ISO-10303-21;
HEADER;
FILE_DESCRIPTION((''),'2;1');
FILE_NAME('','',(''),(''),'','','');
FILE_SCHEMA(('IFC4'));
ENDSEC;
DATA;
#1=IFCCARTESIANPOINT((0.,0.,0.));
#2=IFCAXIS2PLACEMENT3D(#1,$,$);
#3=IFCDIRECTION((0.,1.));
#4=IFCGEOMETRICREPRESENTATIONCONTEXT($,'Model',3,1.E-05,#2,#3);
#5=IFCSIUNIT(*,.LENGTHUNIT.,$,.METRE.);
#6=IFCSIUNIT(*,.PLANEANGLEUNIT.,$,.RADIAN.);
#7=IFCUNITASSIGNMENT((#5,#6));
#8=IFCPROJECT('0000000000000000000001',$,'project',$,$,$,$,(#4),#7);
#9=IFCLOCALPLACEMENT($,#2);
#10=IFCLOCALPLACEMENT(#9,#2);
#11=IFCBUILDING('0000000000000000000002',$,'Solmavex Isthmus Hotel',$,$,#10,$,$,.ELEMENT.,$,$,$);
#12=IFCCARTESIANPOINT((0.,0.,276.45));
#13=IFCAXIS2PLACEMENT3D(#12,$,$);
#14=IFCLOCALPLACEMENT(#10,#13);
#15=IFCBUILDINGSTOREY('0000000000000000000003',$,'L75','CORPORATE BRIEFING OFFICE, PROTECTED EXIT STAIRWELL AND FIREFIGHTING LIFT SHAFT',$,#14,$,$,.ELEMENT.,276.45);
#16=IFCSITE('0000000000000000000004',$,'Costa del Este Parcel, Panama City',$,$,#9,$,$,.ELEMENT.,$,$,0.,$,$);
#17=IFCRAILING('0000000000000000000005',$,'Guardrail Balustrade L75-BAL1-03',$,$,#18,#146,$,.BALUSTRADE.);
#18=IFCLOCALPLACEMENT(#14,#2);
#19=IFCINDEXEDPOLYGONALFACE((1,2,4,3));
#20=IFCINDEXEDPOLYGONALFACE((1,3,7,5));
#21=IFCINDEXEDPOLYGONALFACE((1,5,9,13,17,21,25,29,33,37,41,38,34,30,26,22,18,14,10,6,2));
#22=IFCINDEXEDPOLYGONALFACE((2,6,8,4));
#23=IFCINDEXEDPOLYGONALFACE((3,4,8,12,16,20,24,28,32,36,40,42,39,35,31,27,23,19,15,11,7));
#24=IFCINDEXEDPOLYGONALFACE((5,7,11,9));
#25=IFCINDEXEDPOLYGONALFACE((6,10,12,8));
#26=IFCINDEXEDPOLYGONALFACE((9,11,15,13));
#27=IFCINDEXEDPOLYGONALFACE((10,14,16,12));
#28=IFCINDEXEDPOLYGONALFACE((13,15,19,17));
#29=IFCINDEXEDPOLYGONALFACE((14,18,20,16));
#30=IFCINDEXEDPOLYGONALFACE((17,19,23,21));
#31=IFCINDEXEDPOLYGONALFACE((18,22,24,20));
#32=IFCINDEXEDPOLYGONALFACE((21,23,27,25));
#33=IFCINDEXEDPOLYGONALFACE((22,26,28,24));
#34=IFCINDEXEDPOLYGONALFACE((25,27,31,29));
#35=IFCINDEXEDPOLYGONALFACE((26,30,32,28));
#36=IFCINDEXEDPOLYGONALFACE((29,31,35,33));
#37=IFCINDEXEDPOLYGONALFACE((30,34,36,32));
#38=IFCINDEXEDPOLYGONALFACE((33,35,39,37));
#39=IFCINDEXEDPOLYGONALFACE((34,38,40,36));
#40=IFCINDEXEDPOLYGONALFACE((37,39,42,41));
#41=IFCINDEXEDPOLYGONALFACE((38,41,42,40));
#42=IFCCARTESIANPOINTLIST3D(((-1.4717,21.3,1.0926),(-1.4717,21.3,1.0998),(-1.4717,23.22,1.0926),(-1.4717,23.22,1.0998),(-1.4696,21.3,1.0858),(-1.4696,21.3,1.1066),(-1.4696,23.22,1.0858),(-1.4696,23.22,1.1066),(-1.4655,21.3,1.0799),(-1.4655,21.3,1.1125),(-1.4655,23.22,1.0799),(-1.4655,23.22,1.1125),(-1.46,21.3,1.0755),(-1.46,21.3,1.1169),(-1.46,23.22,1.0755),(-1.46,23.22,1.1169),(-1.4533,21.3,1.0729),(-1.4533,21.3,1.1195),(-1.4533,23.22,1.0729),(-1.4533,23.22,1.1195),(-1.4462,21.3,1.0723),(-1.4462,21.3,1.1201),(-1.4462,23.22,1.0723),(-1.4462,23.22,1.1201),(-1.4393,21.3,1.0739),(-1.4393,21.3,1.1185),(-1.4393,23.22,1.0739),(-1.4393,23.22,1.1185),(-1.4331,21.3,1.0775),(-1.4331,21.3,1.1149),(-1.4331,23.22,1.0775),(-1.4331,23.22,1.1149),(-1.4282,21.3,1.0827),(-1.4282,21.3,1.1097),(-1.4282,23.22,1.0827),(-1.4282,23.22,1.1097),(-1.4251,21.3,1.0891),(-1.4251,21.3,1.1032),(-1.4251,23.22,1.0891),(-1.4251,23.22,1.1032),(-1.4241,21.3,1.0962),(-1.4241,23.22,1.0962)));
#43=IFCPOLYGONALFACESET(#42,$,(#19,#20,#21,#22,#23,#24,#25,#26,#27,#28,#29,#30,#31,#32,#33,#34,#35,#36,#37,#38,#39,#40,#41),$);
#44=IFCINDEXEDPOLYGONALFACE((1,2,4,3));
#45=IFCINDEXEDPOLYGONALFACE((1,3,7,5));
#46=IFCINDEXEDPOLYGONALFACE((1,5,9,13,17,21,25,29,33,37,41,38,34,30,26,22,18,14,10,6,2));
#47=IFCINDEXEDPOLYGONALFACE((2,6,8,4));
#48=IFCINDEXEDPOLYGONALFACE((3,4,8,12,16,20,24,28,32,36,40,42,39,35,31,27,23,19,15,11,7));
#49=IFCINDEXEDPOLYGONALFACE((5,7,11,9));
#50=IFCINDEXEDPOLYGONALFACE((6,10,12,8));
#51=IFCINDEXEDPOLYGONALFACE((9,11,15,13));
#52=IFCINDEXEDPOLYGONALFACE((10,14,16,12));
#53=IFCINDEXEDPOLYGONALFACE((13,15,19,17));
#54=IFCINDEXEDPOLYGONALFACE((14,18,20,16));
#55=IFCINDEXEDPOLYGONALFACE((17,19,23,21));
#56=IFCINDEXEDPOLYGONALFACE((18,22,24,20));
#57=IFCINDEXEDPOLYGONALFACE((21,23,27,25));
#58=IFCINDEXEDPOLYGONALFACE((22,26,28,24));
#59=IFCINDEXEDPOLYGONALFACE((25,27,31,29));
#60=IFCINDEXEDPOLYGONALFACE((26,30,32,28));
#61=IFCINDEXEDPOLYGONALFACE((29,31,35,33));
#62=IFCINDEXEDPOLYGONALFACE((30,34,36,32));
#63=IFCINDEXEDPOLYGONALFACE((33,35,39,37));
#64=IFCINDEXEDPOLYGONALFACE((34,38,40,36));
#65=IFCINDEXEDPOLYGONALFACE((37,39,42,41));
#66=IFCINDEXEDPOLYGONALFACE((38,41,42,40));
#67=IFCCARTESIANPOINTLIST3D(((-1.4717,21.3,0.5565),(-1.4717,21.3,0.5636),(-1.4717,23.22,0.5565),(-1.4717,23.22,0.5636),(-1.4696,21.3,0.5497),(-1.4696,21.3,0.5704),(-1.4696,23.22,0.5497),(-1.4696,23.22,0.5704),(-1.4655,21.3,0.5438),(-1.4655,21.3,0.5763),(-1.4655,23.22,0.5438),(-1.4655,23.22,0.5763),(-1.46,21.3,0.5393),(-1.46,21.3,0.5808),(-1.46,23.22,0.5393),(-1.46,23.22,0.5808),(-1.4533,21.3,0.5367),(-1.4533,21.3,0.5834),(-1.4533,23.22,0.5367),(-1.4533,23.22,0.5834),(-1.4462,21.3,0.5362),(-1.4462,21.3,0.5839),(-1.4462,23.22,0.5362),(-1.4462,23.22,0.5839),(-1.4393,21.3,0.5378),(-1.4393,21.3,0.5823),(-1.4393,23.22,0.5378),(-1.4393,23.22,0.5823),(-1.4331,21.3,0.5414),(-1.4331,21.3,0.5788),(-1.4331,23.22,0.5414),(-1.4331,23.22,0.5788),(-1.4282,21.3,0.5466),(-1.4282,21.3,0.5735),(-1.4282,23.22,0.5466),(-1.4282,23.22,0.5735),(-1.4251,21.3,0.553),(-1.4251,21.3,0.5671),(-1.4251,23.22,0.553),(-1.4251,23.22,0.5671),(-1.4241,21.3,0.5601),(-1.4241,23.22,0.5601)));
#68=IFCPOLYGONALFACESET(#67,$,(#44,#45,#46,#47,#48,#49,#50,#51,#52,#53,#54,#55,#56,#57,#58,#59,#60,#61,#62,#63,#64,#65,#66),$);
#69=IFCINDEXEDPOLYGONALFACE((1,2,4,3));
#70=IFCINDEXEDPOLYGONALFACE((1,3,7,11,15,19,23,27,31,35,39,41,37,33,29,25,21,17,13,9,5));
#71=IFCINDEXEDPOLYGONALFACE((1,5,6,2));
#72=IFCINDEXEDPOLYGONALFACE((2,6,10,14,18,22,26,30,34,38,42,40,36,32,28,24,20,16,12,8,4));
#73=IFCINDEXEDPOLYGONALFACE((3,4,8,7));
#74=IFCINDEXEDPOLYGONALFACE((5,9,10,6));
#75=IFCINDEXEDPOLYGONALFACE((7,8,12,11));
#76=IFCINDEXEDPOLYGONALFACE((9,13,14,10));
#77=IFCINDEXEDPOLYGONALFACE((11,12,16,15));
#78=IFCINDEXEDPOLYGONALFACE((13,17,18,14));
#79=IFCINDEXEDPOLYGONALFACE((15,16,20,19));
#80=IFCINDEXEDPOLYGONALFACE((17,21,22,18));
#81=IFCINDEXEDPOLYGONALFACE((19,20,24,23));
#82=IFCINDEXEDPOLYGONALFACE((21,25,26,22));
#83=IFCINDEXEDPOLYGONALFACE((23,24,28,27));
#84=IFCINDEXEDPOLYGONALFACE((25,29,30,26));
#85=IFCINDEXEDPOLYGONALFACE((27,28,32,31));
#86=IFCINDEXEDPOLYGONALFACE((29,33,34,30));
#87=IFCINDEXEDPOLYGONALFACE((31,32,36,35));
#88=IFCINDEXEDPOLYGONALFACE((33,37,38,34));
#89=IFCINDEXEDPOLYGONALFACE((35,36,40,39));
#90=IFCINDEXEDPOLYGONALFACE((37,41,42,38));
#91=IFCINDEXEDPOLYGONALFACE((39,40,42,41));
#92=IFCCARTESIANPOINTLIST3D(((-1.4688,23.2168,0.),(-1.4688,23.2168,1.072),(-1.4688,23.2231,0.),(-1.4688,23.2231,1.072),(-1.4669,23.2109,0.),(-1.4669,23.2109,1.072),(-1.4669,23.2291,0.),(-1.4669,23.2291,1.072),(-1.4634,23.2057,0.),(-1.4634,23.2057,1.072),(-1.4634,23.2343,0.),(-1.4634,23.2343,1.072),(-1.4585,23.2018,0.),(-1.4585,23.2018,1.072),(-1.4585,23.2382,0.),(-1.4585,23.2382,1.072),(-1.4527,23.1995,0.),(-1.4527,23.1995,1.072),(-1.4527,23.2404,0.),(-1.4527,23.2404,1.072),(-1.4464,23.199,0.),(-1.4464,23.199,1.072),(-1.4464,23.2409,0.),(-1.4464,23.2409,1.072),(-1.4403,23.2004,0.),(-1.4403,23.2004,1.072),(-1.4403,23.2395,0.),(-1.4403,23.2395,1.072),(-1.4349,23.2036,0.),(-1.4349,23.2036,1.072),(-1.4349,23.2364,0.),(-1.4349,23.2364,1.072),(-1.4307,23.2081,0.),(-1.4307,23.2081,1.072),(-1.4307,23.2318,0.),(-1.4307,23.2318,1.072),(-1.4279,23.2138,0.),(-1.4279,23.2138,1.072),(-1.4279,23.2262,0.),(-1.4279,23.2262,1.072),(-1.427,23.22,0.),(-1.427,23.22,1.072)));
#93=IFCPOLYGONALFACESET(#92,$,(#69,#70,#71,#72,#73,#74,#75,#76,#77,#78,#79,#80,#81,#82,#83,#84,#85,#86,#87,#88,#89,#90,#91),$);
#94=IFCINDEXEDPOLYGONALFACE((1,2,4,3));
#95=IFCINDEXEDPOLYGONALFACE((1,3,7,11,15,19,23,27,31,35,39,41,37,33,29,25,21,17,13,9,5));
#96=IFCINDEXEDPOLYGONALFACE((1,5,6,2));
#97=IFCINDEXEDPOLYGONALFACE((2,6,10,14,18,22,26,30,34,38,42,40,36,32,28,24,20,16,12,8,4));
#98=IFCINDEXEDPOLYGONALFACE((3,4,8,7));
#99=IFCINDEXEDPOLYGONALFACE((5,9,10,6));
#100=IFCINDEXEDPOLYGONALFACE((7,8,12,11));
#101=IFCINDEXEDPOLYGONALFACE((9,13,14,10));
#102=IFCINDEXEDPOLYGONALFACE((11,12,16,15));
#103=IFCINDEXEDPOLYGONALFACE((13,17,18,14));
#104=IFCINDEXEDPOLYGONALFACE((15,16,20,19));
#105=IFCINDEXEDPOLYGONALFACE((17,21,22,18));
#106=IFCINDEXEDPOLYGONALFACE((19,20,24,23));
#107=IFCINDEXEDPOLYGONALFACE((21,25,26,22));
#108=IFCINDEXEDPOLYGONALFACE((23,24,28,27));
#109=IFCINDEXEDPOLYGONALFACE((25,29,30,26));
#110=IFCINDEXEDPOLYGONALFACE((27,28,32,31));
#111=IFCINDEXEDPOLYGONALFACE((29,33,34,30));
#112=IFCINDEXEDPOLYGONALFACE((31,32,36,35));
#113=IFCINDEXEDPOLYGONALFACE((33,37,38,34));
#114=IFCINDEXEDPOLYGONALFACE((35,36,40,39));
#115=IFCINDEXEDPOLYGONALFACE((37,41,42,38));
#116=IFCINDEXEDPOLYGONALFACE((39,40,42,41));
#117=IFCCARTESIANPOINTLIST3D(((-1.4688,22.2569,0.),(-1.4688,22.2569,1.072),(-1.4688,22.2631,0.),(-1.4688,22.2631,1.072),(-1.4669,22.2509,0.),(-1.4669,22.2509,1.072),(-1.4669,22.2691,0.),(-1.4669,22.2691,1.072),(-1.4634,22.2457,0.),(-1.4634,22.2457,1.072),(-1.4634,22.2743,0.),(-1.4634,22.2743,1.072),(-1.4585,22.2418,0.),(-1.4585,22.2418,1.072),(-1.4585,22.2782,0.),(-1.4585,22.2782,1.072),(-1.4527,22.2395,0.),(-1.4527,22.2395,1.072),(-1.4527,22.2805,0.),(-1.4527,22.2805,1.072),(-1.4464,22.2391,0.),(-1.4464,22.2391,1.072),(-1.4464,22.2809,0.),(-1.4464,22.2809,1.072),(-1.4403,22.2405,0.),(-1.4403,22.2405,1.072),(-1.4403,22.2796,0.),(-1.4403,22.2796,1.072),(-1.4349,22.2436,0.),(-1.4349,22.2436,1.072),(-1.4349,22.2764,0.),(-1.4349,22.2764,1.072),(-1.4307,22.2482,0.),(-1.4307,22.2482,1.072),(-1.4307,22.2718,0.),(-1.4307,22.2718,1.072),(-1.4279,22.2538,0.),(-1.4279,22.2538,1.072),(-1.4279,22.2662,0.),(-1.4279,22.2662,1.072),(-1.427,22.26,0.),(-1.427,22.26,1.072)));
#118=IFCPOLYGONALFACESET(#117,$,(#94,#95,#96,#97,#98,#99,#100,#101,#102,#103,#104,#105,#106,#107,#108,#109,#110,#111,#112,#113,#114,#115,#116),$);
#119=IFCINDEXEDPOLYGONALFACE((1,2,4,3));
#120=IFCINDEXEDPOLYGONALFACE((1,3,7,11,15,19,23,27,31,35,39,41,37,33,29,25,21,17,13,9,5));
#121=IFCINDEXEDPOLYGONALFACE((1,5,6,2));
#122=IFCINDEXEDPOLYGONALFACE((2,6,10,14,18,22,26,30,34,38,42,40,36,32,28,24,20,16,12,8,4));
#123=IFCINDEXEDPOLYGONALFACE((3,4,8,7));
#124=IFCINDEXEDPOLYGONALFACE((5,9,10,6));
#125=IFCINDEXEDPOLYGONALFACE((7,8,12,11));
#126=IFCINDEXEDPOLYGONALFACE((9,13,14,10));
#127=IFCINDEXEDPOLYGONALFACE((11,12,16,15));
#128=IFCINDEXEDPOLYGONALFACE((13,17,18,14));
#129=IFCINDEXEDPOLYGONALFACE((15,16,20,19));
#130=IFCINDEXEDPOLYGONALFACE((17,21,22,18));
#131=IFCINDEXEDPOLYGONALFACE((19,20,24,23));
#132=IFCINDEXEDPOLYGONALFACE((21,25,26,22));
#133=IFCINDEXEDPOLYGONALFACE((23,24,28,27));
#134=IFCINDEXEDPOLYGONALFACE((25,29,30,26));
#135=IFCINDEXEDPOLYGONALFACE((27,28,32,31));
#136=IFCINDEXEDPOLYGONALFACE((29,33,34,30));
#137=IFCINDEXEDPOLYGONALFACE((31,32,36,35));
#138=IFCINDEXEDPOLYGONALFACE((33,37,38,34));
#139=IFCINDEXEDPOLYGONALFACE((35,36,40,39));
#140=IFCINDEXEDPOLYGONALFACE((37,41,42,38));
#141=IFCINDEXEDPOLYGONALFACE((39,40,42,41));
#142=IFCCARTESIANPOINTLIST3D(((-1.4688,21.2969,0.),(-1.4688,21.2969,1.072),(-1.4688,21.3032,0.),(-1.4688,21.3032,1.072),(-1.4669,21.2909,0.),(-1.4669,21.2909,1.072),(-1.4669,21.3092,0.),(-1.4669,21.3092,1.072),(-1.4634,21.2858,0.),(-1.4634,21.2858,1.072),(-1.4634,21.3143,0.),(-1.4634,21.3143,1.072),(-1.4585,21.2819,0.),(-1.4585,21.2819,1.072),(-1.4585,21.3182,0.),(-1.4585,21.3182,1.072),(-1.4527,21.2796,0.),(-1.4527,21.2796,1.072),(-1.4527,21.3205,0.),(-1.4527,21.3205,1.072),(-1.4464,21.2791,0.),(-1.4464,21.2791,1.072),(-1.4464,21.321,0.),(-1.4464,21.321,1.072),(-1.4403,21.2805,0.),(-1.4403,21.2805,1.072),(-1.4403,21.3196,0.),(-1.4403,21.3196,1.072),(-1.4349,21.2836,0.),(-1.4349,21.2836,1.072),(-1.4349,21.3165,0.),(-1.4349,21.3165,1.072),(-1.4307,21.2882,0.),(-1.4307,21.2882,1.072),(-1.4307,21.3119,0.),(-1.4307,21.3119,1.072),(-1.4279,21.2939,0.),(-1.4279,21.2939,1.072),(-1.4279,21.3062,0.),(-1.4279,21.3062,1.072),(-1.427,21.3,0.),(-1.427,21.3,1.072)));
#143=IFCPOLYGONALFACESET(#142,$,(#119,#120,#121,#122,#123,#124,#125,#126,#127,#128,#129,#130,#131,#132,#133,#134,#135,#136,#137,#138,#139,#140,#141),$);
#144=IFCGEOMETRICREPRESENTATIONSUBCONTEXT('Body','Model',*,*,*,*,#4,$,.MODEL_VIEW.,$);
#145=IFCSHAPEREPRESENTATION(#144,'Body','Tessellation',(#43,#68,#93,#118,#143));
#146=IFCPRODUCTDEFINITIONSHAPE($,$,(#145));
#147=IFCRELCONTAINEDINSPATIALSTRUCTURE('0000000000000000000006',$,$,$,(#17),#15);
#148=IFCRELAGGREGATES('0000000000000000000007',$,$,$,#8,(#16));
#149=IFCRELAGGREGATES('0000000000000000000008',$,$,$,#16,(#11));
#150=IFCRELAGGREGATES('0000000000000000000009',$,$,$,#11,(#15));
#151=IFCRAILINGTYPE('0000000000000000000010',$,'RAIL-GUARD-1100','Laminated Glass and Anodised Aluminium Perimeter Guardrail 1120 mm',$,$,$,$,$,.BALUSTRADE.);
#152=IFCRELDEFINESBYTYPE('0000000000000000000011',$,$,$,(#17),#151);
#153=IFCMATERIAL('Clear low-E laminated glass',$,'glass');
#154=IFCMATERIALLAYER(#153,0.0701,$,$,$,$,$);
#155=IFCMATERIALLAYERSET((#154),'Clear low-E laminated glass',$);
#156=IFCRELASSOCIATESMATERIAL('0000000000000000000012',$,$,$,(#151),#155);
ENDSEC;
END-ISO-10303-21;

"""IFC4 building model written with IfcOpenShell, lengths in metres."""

from ifc_helpers import new_model, si_unit, direction, frame, origin, origin_2d, place, context, subcontext, project, spatial, circle, extrude, material, layer, layer_set, type_object, element, save


model = new_model("IFC4")

# Units and contexts
model_context = context("Model", 3, precision=1e-05, world=origin(), true_north=direction((0.0, 1.0)))
body_context = subcontext(model_context, "Body", "Model", "MODEL_VIEW")
ifc_project = project(units=[si_unit("LENGTHUNIT", "METRE"), si_unit("PLANEANGLEUNIT", "RADIAN")], contexts=[model_context])

# Site, building, storey
site_placement = place(None, origin())
site = spatial("IfcSite", under=ifc_project, at=site_placement, Name="Costa del Este Parcel, Panama City", CompositionType="ELEMENT", RefElevation=0.0)
building_placement = place(site_placement, origin())
building = spatial("IfcBuilding", under=site, at=building_placement, Name="Solmavex Isthmus Hotel", CompositionType="ELEMENT")
storey_placement = place(building_placement, frame((0.0, 0.0, 276.45)))
storey = spatial("IfcBuildingStorey", under=building, at=storey_placement, Name="L75", Description="CORPORATE BRIEFING OFFICE, PROTECTED EXIT STAIRWELL AND FIREFIGHTING LIFT SHAFT", CompositionType="ELEMENT", Elevation=276.45)

# Shared definitions
ifc_material_1 = material(Name="Clear low-E laminated glass", Category="glass")

# Railing
ifc_layer_1 = layer(ifc_material_1, 0.0701)
ifc_layer_set_1 = layer_set([ifc_layer_1], Name="Clear low-E laminated glass")
railing_type = type_object("IfcRailingType", Name="RAIL-GUARD-1100", Description="Laminated Glass and Anodised Aluminium Perimeter Guardrail 1120 mm", PredefinedType="BALUSTRADE", material=ifc_layer_set_1)
railing_1_placement = place(storey_placement, frame((-1.448, 23.22, 0.0)))
element("IfcRailing", 1, at=railing_1_placement, inside=storey, type_object=railing_type, Name="Guardrail Balustrade L75-BAL1-03", PredefinedType="BALUSTRADE", context=body_context, shape_type="SweptSolid", body=[
    extrude(circle(Radius=0.0239, at=origin_2d()), frame((0.0, 0.0, 1.0962), z_axis=(0.0, -1.0, 0.0), x_axis=(1.0, 0.0, 0.0)), (0.0, 0.0, 1.0), 1.9199),
    extrude(circle(Radius=0.0239, at=origin_2d()), frame((0.0, 0.0, 0.5601), z_axis=(0.0, -1.0, 0.0), x_axis=(1.0, 0.0, 0.0)), (0.0, 0.0, 1.0), 1.9199),
    extrude(circle(Radius=0.021, at=origin_2d()), origin(), (0.0, 0.0, 1.0), 1.072),
    extrude(circle(Radius=0.021, at=origin_2d()), frame((0.0, -0.96, 0.0)), (0.0, 0.0, 1.0), 1.072),
    extrude(circle(Radius=0.021, at=origin_2d()), frame((0.0, -1.9199, 0.0)), (0.0, 0.0, 1.0), 1.072),
])

save(model, "model.ifc")
